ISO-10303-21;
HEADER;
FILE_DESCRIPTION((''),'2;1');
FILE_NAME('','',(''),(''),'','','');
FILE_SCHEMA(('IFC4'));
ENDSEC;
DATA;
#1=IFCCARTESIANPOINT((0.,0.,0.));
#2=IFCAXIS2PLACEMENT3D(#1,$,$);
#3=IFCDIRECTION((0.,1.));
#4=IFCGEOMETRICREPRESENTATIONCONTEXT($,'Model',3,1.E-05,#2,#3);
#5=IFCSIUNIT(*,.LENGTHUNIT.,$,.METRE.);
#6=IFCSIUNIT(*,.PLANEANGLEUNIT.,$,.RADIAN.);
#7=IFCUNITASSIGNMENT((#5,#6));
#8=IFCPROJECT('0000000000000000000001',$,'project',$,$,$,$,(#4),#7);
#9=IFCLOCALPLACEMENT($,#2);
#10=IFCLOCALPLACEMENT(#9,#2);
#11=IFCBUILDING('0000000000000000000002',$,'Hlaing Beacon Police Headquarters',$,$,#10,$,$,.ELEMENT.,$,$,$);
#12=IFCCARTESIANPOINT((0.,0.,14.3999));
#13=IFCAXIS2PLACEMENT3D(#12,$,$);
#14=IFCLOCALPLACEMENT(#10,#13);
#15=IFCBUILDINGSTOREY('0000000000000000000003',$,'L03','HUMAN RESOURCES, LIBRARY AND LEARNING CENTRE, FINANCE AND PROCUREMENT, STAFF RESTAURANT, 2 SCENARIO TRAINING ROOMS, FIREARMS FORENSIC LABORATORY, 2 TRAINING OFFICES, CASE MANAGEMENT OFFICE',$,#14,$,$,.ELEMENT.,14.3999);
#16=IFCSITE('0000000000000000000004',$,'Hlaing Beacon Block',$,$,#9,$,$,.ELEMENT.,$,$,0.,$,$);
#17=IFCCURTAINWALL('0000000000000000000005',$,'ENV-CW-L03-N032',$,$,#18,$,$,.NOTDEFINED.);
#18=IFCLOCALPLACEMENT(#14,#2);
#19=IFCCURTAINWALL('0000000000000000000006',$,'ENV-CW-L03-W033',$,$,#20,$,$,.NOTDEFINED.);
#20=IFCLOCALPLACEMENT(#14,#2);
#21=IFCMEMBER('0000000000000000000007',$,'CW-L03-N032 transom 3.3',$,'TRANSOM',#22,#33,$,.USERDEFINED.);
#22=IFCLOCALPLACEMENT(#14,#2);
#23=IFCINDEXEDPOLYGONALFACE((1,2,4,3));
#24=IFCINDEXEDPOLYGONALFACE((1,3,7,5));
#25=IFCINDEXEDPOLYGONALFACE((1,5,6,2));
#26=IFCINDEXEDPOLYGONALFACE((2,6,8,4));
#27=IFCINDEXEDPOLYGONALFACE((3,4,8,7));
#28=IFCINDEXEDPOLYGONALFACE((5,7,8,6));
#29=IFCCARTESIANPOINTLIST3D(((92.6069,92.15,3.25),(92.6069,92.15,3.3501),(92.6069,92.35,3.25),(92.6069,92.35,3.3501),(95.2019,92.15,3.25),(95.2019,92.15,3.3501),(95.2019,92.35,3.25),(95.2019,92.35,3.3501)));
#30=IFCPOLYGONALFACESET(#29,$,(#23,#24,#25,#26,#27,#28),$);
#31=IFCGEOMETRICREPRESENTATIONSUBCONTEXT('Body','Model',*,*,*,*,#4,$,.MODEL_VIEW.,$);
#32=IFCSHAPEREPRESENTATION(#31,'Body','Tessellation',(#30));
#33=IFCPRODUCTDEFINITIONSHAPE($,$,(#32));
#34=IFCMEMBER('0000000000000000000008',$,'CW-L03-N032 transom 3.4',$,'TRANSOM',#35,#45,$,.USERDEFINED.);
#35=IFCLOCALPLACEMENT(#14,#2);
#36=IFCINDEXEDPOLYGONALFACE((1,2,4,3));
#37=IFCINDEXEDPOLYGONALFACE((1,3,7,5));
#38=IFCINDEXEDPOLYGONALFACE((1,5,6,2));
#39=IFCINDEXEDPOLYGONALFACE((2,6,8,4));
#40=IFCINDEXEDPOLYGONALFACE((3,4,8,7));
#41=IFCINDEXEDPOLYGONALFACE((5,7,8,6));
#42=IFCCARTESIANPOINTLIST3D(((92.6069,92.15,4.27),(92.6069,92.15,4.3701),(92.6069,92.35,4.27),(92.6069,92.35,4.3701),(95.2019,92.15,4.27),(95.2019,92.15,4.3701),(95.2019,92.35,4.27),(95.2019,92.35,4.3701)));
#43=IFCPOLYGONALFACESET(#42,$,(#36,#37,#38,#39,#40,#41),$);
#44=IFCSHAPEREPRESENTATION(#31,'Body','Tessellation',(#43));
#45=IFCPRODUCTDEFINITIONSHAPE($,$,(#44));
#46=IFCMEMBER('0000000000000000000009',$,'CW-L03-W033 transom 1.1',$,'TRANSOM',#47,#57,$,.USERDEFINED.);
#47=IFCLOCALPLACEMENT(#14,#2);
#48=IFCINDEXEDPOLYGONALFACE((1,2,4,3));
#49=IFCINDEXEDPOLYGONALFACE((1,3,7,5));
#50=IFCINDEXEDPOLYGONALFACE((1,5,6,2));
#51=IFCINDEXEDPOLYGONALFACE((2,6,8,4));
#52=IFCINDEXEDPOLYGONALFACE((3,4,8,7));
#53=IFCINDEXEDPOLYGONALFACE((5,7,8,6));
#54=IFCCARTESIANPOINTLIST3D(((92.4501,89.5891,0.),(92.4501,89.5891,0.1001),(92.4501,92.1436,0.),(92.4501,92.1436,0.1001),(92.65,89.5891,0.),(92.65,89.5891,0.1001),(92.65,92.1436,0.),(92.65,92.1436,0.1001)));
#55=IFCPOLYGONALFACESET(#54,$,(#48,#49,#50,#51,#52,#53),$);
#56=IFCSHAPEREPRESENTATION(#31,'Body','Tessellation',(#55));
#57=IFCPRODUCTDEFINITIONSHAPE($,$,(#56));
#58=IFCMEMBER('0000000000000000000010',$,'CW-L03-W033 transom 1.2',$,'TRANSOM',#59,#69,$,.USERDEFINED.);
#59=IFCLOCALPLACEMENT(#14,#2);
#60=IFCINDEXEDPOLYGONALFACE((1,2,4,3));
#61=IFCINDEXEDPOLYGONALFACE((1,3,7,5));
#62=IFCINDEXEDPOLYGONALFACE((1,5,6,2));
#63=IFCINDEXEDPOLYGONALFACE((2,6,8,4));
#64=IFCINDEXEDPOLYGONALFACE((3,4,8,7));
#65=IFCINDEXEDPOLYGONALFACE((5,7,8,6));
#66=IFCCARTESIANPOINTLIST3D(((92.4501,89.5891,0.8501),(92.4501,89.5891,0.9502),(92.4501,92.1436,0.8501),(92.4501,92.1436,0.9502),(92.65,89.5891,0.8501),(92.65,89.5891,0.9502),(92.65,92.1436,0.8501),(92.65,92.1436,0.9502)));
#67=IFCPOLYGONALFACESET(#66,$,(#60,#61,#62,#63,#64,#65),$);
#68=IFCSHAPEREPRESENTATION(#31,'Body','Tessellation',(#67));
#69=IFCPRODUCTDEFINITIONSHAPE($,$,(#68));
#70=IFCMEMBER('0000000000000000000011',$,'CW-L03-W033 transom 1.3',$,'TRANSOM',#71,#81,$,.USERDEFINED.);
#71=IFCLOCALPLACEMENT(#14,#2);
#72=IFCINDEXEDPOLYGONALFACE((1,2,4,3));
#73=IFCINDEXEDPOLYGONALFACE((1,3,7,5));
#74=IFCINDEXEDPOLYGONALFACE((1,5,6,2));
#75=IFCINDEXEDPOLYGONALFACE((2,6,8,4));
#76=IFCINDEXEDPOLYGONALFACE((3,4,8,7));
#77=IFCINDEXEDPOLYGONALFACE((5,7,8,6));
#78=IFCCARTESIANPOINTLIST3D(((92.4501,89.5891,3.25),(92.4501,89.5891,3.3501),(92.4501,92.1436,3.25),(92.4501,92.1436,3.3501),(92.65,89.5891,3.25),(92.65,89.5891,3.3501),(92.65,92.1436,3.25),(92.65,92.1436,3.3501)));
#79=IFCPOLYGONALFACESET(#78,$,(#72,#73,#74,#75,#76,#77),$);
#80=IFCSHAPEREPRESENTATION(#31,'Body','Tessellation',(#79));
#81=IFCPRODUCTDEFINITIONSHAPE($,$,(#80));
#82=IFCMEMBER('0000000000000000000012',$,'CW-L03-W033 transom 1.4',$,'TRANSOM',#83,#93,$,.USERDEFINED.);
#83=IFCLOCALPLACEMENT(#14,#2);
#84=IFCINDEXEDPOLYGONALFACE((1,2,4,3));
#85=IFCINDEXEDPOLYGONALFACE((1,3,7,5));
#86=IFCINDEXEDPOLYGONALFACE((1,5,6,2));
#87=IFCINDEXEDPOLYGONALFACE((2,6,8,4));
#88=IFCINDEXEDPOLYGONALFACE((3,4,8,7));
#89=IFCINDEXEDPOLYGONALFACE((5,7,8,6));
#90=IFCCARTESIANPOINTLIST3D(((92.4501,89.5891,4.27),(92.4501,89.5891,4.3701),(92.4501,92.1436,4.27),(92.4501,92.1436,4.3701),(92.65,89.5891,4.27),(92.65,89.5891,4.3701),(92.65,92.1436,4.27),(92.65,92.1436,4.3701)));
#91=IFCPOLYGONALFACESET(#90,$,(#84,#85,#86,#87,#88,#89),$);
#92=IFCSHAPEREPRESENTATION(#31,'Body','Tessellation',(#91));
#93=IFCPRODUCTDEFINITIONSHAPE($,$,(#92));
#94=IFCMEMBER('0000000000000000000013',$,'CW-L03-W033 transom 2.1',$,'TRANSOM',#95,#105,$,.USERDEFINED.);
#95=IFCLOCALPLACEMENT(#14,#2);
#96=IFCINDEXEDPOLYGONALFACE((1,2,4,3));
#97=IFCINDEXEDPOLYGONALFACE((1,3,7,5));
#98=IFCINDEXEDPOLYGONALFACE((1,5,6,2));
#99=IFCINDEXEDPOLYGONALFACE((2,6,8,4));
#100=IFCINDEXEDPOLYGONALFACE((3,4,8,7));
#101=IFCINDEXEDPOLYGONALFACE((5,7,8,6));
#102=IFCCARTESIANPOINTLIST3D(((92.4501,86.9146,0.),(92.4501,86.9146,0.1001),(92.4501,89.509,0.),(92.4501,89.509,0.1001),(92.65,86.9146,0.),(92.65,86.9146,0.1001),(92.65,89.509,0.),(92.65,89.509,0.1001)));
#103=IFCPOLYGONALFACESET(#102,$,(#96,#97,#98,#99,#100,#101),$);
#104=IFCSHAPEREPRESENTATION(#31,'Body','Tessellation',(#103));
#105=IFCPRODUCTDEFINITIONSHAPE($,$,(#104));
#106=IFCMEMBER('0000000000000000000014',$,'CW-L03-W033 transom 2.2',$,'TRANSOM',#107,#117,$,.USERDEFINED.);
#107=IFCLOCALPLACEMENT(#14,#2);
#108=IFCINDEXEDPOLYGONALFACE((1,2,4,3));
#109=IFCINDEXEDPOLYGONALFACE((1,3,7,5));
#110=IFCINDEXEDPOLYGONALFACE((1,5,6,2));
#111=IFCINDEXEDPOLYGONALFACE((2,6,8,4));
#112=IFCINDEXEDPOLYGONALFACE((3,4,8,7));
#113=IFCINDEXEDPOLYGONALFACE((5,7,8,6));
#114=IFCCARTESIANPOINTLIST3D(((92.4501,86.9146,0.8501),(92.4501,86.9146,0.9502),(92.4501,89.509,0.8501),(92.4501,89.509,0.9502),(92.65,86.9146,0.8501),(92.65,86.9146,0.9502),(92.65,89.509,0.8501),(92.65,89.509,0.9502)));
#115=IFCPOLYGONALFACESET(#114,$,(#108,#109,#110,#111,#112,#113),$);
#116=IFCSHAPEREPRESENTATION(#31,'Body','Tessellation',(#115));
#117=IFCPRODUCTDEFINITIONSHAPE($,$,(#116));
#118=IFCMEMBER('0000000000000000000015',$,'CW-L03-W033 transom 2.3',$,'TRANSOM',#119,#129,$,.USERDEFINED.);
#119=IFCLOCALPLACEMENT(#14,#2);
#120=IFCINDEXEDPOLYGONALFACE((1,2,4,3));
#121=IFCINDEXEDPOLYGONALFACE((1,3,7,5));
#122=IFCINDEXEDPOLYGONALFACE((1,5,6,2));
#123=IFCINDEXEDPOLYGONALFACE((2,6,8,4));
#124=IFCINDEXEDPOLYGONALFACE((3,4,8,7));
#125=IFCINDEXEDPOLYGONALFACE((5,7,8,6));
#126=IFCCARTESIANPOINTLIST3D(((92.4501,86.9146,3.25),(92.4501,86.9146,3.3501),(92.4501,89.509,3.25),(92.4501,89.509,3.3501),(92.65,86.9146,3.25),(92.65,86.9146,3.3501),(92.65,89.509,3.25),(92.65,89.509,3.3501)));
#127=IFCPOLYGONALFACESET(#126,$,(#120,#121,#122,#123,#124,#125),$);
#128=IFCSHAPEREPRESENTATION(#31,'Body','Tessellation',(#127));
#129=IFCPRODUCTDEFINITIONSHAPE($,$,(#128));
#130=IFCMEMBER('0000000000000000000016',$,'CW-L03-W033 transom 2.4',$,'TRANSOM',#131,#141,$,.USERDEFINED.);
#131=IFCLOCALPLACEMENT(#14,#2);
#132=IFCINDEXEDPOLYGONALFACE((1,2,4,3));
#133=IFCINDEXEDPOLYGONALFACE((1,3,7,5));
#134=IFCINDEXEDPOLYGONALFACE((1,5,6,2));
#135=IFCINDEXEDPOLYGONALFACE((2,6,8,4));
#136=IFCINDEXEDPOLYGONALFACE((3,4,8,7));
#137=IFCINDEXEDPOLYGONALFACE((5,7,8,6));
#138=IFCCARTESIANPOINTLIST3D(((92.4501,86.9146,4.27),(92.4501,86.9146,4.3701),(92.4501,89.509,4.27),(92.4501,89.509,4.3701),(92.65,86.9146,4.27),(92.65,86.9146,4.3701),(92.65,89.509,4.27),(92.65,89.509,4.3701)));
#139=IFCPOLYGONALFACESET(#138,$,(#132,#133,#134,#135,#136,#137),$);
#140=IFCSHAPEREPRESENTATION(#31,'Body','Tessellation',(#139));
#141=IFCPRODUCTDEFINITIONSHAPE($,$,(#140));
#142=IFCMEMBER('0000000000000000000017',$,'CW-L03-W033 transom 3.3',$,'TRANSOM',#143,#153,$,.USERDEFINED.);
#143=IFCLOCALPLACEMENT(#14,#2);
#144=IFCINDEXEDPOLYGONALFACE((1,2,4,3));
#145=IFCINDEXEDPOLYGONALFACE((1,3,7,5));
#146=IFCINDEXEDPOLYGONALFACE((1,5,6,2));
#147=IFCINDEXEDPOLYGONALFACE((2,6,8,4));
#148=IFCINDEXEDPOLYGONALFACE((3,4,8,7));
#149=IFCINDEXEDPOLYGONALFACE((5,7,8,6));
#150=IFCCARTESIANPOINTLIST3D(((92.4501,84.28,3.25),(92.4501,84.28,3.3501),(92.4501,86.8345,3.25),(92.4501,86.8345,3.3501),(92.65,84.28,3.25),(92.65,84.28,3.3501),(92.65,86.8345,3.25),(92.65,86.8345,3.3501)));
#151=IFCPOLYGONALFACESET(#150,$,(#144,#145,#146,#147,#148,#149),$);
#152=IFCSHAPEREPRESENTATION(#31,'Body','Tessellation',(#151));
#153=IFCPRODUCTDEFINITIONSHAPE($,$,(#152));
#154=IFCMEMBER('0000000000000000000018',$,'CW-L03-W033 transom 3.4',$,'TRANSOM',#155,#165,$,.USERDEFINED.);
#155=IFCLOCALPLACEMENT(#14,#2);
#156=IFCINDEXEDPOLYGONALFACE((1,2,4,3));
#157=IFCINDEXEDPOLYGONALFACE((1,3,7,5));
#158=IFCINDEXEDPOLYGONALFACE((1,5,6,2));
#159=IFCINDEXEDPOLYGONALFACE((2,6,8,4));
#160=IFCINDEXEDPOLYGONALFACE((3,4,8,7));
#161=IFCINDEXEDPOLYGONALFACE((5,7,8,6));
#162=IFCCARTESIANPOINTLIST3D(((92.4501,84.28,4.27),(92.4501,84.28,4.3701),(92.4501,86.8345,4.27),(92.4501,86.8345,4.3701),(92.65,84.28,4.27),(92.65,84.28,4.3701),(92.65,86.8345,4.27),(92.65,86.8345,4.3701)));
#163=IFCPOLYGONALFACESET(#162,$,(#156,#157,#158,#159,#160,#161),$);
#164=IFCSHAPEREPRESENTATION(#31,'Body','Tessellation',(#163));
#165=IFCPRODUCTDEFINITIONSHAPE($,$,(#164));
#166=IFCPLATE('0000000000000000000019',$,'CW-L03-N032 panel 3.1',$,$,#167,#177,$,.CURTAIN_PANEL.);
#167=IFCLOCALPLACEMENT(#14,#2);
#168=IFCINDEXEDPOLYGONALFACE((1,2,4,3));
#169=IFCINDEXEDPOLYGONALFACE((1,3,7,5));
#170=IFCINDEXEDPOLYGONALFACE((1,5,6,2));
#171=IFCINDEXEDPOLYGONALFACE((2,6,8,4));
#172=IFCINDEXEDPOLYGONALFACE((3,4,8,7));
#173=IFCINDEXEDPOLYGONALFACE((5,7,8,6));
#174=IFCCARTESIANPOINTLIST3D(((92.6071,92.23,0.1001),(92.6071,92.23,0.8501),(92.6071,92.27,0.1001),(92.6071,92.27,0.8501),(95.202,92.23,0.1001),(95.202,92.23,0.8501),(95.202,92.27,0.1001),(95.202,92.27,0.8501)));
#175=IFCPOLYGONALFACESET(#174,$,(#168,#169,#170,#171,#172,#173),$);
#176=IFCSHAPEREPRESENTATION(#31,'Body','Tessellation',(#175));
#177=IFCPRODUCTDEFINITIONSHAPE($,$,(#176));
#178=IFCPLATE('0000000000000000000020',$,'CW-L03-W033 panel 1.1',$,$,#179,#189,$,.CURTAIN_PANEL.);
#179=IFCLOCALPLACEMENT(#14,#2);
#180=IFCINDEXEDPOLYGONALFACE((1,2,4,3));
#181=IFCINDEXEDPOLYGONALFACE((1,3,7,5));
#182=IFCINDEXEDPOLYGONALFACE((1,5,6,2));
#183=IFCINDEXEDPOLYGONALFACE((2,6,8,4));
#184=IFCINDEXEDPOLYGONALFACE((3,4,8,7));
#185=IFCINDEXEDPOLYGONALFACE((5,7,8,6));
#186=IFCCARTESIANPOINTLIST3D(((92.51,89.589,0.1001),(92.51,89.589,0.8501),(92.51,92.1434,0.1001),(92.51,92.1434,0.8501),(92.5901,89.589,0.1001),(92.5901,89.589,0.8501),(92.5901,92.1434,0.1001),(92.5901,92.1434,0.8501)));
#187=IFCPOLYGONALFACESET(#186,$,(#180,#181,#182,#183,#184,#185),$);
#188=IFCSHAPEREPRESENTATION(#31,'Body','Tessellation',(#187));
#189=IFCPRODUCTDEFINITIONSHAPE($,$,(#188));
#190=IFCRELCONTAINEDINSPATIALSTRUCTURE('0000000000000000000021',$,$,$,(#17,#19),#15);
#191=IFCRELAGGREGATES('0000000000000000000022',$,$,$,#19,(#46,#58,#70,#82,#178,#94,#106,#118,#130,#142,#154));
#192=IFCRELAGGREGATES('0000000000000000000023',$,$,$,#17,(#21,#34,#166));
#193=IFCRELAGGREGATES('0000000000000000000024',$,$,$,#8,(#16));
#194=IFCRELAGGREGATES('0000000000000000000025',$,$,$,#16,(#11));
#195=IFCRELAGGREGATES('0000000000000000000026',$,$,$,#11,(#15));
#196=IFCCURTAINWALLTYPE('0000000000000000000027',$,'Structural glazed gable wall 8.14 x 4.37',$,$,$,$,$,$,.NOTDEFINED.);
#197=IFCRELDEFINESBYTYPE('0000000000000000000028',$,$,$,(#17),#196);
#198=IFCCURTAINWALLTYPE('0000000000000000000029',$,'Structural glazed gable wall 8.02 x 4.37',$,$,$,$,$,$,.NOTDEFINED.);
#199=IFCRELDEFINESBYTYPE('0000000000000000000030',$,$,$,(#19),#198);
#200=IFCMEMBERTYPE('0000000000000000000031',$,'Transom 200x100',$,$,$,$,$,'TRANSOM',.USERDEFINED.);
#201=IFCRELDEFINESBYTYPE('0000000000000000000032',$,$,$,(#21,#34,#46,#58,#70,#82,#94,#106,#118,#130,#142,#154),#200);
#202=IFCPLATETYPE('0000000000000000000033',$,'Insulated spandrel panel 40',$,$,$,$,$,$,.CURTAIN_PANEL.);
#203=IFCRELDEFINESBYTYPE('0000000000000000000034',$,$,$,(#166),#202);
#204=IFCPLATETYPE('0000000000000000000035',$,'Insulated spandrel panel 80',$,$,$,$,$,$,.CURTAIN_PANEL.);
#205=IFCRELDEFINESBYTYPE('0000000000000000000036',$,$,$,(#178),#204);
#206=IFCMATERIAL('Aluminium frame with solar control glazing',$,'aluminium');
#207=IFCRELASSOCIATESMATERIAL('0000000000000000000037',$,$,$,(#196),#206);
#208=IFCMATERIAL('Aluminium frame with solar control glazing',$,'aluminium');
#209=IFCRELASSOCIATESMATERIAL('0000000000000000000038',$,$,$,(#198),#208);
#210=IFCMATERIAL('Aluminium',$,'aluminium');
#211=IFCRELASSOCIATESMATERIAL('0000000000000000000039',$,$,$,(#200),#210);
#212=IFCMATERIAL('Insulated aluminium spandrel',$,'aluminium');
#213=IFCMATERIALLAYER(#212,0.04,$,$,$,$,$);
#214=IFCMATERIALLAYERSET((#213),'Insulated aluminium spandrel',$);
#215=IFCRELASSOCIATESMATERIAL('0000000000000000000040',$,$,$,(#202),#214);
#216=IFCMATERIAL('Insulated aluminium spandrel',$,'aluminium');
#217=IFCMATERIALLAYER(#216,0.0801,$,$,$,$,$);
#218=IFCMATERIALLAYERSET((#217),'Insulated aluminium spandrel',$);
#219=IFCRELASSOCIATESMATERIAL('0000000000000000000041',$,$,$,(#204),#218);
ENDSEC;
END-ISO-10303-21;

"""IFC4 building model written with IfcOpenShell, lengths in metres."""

from ifc_helpers import new_model, si_unit, direction, frame, origin, origin_2d, place, context, subcontext, project, spatial, rectangle, extrude, material, layer, layer_set, material_profile, profile_set, type_object, element, aggregate, save


model = new_model("IFC4")

# Units and contexts
model_context = context("Model", 3, precision=1e-05, world=origin(), true_north=direction((0.0, 1.0)))
body_context = subcontext(model_context, "Body", "Model", "MODEL_VIEW")
ifc_project = project(units=[si_unit("LENGTHUNIT", "METRE"), si_unit("PLANEANGLEUNIT", "RADIAN")], contexts=[model_context])

# Site, building, storey
site_placement = place(None, origin())
site = spatial("IfcSite", under=ifc_project, at=site_placement, Name="Hlaing Beacon Block", CompositionType="ELEMENT", RefElevation=0.0)
building_placement = place(site_placement, origin())
building = spatial("IfcBuilding", under=site, at=building_placement, Name="Hlaing Beacon Police Headquarters", CompositionType="ELEMENT")
storey_placement = place(building_placement, frame((0.0, 0.0, 14.3999)))
storey = spatial("IfcBuildingStorey", under=building, at=storey_placement, Name="L03", Description="HUMAN RESOURCES, LIBRARY AND LEARNING CENTRE, FINANCE AND PROCUREMENT, STAFF RESTAURANT, 2 SCENARIO TRAINING ROOMS, FIREARMS FORENSIC LABORATORY, 2 TRAINING OFFICES, CASE MANAGEMENT OFFICE", CompositionType="ELEMENT", Elevation=14.3999)

# Curtain walls
ifc_material_1 = material(Name="Aluminium frame with solar control glazing", Category="aluminium")
curtain_wall_type_1 = type_object("IfcCurtainWallType", Name="Structural glazed gable wall 8.14 x 4.37", PredefinedType="NOTDEFINED", material=ifc_material_1)
curtain_wall_1_placement = place(storey_placement, origin())
curtain_wall_1 = element("IfcCurtainWall", 1, at=curtain_wall_1_placement, inside=storey, type_object=curtain_wall_type_1, Name="ENV-CW-L03-N032", PredefinedType="NOTDEFINED")
ifc_material_2 = material(Name="Aluminium frame with solar control glazing", Category="aluminium")
curtain_wall_type_2 = type_object("IfcCurtainWallType", Name="Structural glazed gable wall 8.02 x 4.37", PredefinedType="NOTDEFINED", material=ifc_material_2)
curtain_wall_2_placement = place(storey_placement, origin())
curtain_wall_2 = element("IfcCurtainWall", 2, at=curtain_wall_2_placement, inside=storey, type_object=curtain_wall_type_2, Name="ENV-CW-L03-W033", PredefinedType="NOTDEFINED")

# Members
ifc_material_3 = material(Name="Aluminium", Category="aluminium")
ifc_material_profile_1 = material_profile(ifc_material_3, rectangle(XDim=0.2, YDim=0.1001, at=origin_2d()), Name="Transom 200x100")
ifc_profile_set_1 = profile_set([ifc_material_profile_1], Name="Aluminium")
member_type_1 = type_object("IfcMemberType", Name="Transom 200x100", ElementType="TRANSOM", PredefinedType="USERDEFINED", material=ifc_profile_set_1)
member_1_placement = place(storey_placement, frame((95.2019, 92.25, 3.3), z_axis=(-1.0, 0.0, 0.0), x_axis=(0.0, -1.0, 0.0)))
member_1 = element("IfcMember", 3, at=member_1_placement, type_object=member_type_1, Name="CW-L03-N032 transom 3.3", ObjectType="TRANSOM", PredefinedType="USERDEFINED", context=body_context, shape_type="SweptSolid", body=[
    extrude(rectangle(XDim=0.2, YDim=0.1001, at=origin_2d()), origin(), (0.0, 0.0, 1.0), 2.595),
])
member_2_placement = place(storey_placement, frame((95.2019, 92.25, 4.3201), z_axis=(-1.0, 0.0, 0.0), x_axis=(0.0, -1.0, 0.0)))
member_2 = element("IfcMember", 4, at=member_2_placement, type_object=member_type_1, Name="CW-L03-N032 transom 3.4", ObjectType="TRANSOM", PredefinedType="USERDEFINED", context=body_context, shape_type="SweptSolid", body=[
    extrude(rectangle(XDim=0.2, YDim=0.1001, at=origin_2d()), origin(), (0.0, 0.0, 1.0), 2.595),
])
member_3_placement = place(storey_placement, frame((92.55, 92.1436, 0.05), z_axis=(0.0, -1.0, 0.0), x_axis=(1.0, 0.0, 0.0)))
member_3 = element("IfcMember", 5, at=member_3_placement, type_object=member_type_1, Name="CW-L03-W033 transom 1.1", ObjectType="TRANSOM", PredefinedType="USERDEFINED", context=body_context, shape_type="SweptSolid", body=[
    extrude(rectangle(XDim=0.2, YDim=0.1001, at=origin_2d()), origin(), (0.0, 0.0, 1.0), 2.5544),
])
member_4_placement = place(storey_placement, frame((92.55, 92.1436, 0.9001), z_axis=(0.0, -1.0, 0.0), x_axis=(1.0, 0.0, 0.0)))
member_4 = element("IfcMember", 6, at=member_4_placement, type_object=member_type_1, Name="CW-L03-W033 transom 1.2", ObjectType="TRANSOM", PredefinedType="USERDEFINED", context=body_context, shape_type="SweptSolid", body=[
    extrude(rectangle(XDim=0.2, YDim=0.1001, at=origin_2d()), origin(), (0.0, 0.0, 1.0), 2.5544),
])
member_5_placement = place(storey_placement, frame((92.55, 92.1436, 3.3), z_axis=(0.0, -1.0, 0.0), x_axis=(1.0, 0.0, 0.0)))
member_5 = element("IfcMember", 7, at=member_5_placement, type_object=member_type_1, Name="CW-L03-W033 transom 1.3", ObjectType="TRANSOM", PredefinedType="USERDEFINED", context=body_context, shape_type="SweptSolid", body=[
    extrude(rectangle(XDim=0.2, YDim=0.1001, at=origin_2d()), origin(), (0.0, 0.0, 1.0), 2.5544),
])
member_6_placement = place(storey_placement, frame((92.55, 92.1436, 4.3201), z_axis=(0.0, -1.0, 0.0), x_axis=(1.0, 0.0, 0.0)))
member_6 = element("IfcMember", 8, at=member_6_placement, type_object=member_type_1, Name="CW-L03-W033 transom 1.4", ObjectType="TRANSOM", PredefinedType="USERDEFINED", context=body_context, shape_type="SweptSolid", body=[
    extrude(rectangle(XDim=0.2, YDim=0.1001, at=origin_2d()), origin(), (0.0, 0.0, 1.0), 2.5544),
])
member_7_placement = place(storey_placement, frame((92.55, 89.509, 0.05), z_axis=(0.0, -1.0, 0.0), x_axis=(1.0, 0.0, 0.0)))
member_7 = element("IfcMember", 9, at=member_7_placement, type_object=member_type_1, Name="CW-L03-W033 transom 2.1", ObjectType="TRANSOM", PredefinedType="USERDEFINED", context=body_context, shape_type="SweptSolid", body=[
    extrude(rectangle(XDim=0.2, YDim=0.1001, at=origin_2d()), origin(), (0.0, 0.0, 1.0), 2.5945),
])
member_8_placement = place(storey_placement, frame((92.55, 89.509, 0.9001), z_axis=(0.0, -1.0, 0.0), x_axis=(1.0, 0.0, 0.0)))
member_8 = element("IfcMember", 10, at=member_8_placement, type_object=member_type_1, Name="CW-L03-W033 transom 2.2", ObjectType="TRANSOM", PredefinedType="USERDEFINED", context=body_context, shape_type="SweptSolid", body=[
    extrude(rectangle(XDim=0.2, YDim=0.1001, at=origin_2d()), origin(), (0.0, 0.0, 1.0), 2.5945),
])
member_9_placement = place(storey_placement, frame((92.55, 89.509, 3.3), z_axis=(0.0, -1.0, 0.0), x_axis=(1.0, 0.0, 0.0)))
member_9 = element("IfcMember", 11, at=member_9_placement, type_object=member_type_1, Name="CW-L03-W033 transom 2.3", ObjectType="TRANSOM", PredefinedType="USERDEFINED", context=body_context, shape_type="SweptSolid", body=[
    extrude(rectangle(XDim=0.2, YDim=0.1001, at=origin_2d()), origin(), (0.0, 0.0, 1.0), 2.5945),
])
member_10_placement = place(storey_placement, frame((92.55, 89.509, 4.3201), z_axis=(0.0, -1.0, 0.0), x_axis=(1.0, 0.0, 0.0)))
member_10 = element("IfcMember", 12, at=member_10_placement, type_object=member_type_1, Name="CW-L03-W033 transom 2.4", ObjectType="TRANSOM", PredefinedType="USERDEFINED", context=body_context, shape_type="SweptSolid", body=[
    extrude(rectangle(XDim=0.2, YDim=0.1001, at=origin_2d()), origin(), (0.0, 0.0, 1.0), 2.5945),
])
member_11_placement = place(storey_placement, frame((92.55, 86.8345, 3.3), z_axis=(0.0, -1.0, 0.0), x_axis=(1.0, 0.0, 0.0)))
member_11 = element("IfcMember", 13, at=member_11_placement, type_object=member_type_1, Name="CW-L03-W033 transom 3.3", ObjectType="TRANSOM", PredefinedType="USERDEFINED", context=body_context, shape_type="SweptSolid", body=[
    extrude(rectangle(XDim=0.2, YDim=0.1001, at=origin_2d()), origin(), (0.0, 0.0, 1.0), 2.5544),
])
member_12_placement = place(storey_placement, frame((92.55, 86.8345, 4.3201), z_axis=(0.0, -1.0, 0.0), x_axis=(1.0, 0.0, 0.0)))
member_12 = element("IfcMember", 14, at=member_12_placement, type_object=member_type_1, Name="CW-L03-W033 transom 3.4", ObjectType="TRANSOM", PredefinedType="USERDEFINED", context=body_context, shape_type="SweptSolid", body=[
    extrude(rectangle(XDim=0.2, YDim=0.1001, at=origin_2d()), origin(), (0.0, 0.0, 1.0), 2.5544),
])

# Plates
ifc_material_4 = material(Name="Insulated aluminium spandrel", Category="aluminium")
ifc_layer_1 = layer(ifc_material_4, 0.04)
ifc_layer_set_1 = layer_set([ifc_layer_1], Name="Insulated aluminium spandrel")
plate_type_1 = type_object("IfcPlateType", Name="Insulated spandrel panel 40", PredefinedType="CURTAIN_PANEL", material=ifc_layer_set_1)
plate_1_placement = place(storey_placement, frame((93.9045, 92.25, 0.1001), z_axis=(0.0, 0.0, 1.0), x_axis=(-1.0, 0.0, 0.0)))
plate_1 = element("IfcPlate", 15, at=plate_1_placement, type_object=plate_type_1, Name="CW-L03-N032 panel 3.1", PredefinedType="CURTAIN_PANEL", context=body_context, shape_type="SweptSolid", body=[
    extrude(rectangle(XDim=2.595, YDim=0.04, at=origin_2d()), origin(), (0.0, 0.0, 1.0), 0.75),
])
ifc_material_5 = material(Name="Insulated aluminium spandrel", Category="aluminium")
ifc_layer_2 = layer(ifc_material_5, 0.0801)
ifc_layer_set_2 = layer_set([ifc_layer_2], Name="Insulated aluminium spandrel")
plate_type_2 = type_object("IfcPlateType", Name="Insulated spandrel panel 80", PredefinedType="CURTAIN_PANEL", material=ifc_layer_set_2)
plate_2_placement = place(storey_placement, frame((92.55, 90.8662, 0.1001), z_axis=(0.0, 0.0, 1.0), x_axis=(0.0, -1.0, 0.0)))
plate_2 = element("IfcPlate", 16, at=plate_2_placement, type_object=plate_type_2, Name="CW-L03-W033 panel 1.1", PredefinedType="CURTAIN_PANEL", context=body_context, shape_type="SweptSolid", body=[
    extrude(rectangle(XDim=2.5544, YDim=0.0801, at=origin_2d()), origin(), (0.0, 0.0, 1.0), 0.75),
])
aggregate(curtain_wall_2, [member_3, member_4, member_5, member_6, plate_2, member_7, member_8, member_9, member_10, member_11, member_12])
aggregate(curtain_wall_1, [member_1, member_2, plate_1])

save(model, "model.ifc")
